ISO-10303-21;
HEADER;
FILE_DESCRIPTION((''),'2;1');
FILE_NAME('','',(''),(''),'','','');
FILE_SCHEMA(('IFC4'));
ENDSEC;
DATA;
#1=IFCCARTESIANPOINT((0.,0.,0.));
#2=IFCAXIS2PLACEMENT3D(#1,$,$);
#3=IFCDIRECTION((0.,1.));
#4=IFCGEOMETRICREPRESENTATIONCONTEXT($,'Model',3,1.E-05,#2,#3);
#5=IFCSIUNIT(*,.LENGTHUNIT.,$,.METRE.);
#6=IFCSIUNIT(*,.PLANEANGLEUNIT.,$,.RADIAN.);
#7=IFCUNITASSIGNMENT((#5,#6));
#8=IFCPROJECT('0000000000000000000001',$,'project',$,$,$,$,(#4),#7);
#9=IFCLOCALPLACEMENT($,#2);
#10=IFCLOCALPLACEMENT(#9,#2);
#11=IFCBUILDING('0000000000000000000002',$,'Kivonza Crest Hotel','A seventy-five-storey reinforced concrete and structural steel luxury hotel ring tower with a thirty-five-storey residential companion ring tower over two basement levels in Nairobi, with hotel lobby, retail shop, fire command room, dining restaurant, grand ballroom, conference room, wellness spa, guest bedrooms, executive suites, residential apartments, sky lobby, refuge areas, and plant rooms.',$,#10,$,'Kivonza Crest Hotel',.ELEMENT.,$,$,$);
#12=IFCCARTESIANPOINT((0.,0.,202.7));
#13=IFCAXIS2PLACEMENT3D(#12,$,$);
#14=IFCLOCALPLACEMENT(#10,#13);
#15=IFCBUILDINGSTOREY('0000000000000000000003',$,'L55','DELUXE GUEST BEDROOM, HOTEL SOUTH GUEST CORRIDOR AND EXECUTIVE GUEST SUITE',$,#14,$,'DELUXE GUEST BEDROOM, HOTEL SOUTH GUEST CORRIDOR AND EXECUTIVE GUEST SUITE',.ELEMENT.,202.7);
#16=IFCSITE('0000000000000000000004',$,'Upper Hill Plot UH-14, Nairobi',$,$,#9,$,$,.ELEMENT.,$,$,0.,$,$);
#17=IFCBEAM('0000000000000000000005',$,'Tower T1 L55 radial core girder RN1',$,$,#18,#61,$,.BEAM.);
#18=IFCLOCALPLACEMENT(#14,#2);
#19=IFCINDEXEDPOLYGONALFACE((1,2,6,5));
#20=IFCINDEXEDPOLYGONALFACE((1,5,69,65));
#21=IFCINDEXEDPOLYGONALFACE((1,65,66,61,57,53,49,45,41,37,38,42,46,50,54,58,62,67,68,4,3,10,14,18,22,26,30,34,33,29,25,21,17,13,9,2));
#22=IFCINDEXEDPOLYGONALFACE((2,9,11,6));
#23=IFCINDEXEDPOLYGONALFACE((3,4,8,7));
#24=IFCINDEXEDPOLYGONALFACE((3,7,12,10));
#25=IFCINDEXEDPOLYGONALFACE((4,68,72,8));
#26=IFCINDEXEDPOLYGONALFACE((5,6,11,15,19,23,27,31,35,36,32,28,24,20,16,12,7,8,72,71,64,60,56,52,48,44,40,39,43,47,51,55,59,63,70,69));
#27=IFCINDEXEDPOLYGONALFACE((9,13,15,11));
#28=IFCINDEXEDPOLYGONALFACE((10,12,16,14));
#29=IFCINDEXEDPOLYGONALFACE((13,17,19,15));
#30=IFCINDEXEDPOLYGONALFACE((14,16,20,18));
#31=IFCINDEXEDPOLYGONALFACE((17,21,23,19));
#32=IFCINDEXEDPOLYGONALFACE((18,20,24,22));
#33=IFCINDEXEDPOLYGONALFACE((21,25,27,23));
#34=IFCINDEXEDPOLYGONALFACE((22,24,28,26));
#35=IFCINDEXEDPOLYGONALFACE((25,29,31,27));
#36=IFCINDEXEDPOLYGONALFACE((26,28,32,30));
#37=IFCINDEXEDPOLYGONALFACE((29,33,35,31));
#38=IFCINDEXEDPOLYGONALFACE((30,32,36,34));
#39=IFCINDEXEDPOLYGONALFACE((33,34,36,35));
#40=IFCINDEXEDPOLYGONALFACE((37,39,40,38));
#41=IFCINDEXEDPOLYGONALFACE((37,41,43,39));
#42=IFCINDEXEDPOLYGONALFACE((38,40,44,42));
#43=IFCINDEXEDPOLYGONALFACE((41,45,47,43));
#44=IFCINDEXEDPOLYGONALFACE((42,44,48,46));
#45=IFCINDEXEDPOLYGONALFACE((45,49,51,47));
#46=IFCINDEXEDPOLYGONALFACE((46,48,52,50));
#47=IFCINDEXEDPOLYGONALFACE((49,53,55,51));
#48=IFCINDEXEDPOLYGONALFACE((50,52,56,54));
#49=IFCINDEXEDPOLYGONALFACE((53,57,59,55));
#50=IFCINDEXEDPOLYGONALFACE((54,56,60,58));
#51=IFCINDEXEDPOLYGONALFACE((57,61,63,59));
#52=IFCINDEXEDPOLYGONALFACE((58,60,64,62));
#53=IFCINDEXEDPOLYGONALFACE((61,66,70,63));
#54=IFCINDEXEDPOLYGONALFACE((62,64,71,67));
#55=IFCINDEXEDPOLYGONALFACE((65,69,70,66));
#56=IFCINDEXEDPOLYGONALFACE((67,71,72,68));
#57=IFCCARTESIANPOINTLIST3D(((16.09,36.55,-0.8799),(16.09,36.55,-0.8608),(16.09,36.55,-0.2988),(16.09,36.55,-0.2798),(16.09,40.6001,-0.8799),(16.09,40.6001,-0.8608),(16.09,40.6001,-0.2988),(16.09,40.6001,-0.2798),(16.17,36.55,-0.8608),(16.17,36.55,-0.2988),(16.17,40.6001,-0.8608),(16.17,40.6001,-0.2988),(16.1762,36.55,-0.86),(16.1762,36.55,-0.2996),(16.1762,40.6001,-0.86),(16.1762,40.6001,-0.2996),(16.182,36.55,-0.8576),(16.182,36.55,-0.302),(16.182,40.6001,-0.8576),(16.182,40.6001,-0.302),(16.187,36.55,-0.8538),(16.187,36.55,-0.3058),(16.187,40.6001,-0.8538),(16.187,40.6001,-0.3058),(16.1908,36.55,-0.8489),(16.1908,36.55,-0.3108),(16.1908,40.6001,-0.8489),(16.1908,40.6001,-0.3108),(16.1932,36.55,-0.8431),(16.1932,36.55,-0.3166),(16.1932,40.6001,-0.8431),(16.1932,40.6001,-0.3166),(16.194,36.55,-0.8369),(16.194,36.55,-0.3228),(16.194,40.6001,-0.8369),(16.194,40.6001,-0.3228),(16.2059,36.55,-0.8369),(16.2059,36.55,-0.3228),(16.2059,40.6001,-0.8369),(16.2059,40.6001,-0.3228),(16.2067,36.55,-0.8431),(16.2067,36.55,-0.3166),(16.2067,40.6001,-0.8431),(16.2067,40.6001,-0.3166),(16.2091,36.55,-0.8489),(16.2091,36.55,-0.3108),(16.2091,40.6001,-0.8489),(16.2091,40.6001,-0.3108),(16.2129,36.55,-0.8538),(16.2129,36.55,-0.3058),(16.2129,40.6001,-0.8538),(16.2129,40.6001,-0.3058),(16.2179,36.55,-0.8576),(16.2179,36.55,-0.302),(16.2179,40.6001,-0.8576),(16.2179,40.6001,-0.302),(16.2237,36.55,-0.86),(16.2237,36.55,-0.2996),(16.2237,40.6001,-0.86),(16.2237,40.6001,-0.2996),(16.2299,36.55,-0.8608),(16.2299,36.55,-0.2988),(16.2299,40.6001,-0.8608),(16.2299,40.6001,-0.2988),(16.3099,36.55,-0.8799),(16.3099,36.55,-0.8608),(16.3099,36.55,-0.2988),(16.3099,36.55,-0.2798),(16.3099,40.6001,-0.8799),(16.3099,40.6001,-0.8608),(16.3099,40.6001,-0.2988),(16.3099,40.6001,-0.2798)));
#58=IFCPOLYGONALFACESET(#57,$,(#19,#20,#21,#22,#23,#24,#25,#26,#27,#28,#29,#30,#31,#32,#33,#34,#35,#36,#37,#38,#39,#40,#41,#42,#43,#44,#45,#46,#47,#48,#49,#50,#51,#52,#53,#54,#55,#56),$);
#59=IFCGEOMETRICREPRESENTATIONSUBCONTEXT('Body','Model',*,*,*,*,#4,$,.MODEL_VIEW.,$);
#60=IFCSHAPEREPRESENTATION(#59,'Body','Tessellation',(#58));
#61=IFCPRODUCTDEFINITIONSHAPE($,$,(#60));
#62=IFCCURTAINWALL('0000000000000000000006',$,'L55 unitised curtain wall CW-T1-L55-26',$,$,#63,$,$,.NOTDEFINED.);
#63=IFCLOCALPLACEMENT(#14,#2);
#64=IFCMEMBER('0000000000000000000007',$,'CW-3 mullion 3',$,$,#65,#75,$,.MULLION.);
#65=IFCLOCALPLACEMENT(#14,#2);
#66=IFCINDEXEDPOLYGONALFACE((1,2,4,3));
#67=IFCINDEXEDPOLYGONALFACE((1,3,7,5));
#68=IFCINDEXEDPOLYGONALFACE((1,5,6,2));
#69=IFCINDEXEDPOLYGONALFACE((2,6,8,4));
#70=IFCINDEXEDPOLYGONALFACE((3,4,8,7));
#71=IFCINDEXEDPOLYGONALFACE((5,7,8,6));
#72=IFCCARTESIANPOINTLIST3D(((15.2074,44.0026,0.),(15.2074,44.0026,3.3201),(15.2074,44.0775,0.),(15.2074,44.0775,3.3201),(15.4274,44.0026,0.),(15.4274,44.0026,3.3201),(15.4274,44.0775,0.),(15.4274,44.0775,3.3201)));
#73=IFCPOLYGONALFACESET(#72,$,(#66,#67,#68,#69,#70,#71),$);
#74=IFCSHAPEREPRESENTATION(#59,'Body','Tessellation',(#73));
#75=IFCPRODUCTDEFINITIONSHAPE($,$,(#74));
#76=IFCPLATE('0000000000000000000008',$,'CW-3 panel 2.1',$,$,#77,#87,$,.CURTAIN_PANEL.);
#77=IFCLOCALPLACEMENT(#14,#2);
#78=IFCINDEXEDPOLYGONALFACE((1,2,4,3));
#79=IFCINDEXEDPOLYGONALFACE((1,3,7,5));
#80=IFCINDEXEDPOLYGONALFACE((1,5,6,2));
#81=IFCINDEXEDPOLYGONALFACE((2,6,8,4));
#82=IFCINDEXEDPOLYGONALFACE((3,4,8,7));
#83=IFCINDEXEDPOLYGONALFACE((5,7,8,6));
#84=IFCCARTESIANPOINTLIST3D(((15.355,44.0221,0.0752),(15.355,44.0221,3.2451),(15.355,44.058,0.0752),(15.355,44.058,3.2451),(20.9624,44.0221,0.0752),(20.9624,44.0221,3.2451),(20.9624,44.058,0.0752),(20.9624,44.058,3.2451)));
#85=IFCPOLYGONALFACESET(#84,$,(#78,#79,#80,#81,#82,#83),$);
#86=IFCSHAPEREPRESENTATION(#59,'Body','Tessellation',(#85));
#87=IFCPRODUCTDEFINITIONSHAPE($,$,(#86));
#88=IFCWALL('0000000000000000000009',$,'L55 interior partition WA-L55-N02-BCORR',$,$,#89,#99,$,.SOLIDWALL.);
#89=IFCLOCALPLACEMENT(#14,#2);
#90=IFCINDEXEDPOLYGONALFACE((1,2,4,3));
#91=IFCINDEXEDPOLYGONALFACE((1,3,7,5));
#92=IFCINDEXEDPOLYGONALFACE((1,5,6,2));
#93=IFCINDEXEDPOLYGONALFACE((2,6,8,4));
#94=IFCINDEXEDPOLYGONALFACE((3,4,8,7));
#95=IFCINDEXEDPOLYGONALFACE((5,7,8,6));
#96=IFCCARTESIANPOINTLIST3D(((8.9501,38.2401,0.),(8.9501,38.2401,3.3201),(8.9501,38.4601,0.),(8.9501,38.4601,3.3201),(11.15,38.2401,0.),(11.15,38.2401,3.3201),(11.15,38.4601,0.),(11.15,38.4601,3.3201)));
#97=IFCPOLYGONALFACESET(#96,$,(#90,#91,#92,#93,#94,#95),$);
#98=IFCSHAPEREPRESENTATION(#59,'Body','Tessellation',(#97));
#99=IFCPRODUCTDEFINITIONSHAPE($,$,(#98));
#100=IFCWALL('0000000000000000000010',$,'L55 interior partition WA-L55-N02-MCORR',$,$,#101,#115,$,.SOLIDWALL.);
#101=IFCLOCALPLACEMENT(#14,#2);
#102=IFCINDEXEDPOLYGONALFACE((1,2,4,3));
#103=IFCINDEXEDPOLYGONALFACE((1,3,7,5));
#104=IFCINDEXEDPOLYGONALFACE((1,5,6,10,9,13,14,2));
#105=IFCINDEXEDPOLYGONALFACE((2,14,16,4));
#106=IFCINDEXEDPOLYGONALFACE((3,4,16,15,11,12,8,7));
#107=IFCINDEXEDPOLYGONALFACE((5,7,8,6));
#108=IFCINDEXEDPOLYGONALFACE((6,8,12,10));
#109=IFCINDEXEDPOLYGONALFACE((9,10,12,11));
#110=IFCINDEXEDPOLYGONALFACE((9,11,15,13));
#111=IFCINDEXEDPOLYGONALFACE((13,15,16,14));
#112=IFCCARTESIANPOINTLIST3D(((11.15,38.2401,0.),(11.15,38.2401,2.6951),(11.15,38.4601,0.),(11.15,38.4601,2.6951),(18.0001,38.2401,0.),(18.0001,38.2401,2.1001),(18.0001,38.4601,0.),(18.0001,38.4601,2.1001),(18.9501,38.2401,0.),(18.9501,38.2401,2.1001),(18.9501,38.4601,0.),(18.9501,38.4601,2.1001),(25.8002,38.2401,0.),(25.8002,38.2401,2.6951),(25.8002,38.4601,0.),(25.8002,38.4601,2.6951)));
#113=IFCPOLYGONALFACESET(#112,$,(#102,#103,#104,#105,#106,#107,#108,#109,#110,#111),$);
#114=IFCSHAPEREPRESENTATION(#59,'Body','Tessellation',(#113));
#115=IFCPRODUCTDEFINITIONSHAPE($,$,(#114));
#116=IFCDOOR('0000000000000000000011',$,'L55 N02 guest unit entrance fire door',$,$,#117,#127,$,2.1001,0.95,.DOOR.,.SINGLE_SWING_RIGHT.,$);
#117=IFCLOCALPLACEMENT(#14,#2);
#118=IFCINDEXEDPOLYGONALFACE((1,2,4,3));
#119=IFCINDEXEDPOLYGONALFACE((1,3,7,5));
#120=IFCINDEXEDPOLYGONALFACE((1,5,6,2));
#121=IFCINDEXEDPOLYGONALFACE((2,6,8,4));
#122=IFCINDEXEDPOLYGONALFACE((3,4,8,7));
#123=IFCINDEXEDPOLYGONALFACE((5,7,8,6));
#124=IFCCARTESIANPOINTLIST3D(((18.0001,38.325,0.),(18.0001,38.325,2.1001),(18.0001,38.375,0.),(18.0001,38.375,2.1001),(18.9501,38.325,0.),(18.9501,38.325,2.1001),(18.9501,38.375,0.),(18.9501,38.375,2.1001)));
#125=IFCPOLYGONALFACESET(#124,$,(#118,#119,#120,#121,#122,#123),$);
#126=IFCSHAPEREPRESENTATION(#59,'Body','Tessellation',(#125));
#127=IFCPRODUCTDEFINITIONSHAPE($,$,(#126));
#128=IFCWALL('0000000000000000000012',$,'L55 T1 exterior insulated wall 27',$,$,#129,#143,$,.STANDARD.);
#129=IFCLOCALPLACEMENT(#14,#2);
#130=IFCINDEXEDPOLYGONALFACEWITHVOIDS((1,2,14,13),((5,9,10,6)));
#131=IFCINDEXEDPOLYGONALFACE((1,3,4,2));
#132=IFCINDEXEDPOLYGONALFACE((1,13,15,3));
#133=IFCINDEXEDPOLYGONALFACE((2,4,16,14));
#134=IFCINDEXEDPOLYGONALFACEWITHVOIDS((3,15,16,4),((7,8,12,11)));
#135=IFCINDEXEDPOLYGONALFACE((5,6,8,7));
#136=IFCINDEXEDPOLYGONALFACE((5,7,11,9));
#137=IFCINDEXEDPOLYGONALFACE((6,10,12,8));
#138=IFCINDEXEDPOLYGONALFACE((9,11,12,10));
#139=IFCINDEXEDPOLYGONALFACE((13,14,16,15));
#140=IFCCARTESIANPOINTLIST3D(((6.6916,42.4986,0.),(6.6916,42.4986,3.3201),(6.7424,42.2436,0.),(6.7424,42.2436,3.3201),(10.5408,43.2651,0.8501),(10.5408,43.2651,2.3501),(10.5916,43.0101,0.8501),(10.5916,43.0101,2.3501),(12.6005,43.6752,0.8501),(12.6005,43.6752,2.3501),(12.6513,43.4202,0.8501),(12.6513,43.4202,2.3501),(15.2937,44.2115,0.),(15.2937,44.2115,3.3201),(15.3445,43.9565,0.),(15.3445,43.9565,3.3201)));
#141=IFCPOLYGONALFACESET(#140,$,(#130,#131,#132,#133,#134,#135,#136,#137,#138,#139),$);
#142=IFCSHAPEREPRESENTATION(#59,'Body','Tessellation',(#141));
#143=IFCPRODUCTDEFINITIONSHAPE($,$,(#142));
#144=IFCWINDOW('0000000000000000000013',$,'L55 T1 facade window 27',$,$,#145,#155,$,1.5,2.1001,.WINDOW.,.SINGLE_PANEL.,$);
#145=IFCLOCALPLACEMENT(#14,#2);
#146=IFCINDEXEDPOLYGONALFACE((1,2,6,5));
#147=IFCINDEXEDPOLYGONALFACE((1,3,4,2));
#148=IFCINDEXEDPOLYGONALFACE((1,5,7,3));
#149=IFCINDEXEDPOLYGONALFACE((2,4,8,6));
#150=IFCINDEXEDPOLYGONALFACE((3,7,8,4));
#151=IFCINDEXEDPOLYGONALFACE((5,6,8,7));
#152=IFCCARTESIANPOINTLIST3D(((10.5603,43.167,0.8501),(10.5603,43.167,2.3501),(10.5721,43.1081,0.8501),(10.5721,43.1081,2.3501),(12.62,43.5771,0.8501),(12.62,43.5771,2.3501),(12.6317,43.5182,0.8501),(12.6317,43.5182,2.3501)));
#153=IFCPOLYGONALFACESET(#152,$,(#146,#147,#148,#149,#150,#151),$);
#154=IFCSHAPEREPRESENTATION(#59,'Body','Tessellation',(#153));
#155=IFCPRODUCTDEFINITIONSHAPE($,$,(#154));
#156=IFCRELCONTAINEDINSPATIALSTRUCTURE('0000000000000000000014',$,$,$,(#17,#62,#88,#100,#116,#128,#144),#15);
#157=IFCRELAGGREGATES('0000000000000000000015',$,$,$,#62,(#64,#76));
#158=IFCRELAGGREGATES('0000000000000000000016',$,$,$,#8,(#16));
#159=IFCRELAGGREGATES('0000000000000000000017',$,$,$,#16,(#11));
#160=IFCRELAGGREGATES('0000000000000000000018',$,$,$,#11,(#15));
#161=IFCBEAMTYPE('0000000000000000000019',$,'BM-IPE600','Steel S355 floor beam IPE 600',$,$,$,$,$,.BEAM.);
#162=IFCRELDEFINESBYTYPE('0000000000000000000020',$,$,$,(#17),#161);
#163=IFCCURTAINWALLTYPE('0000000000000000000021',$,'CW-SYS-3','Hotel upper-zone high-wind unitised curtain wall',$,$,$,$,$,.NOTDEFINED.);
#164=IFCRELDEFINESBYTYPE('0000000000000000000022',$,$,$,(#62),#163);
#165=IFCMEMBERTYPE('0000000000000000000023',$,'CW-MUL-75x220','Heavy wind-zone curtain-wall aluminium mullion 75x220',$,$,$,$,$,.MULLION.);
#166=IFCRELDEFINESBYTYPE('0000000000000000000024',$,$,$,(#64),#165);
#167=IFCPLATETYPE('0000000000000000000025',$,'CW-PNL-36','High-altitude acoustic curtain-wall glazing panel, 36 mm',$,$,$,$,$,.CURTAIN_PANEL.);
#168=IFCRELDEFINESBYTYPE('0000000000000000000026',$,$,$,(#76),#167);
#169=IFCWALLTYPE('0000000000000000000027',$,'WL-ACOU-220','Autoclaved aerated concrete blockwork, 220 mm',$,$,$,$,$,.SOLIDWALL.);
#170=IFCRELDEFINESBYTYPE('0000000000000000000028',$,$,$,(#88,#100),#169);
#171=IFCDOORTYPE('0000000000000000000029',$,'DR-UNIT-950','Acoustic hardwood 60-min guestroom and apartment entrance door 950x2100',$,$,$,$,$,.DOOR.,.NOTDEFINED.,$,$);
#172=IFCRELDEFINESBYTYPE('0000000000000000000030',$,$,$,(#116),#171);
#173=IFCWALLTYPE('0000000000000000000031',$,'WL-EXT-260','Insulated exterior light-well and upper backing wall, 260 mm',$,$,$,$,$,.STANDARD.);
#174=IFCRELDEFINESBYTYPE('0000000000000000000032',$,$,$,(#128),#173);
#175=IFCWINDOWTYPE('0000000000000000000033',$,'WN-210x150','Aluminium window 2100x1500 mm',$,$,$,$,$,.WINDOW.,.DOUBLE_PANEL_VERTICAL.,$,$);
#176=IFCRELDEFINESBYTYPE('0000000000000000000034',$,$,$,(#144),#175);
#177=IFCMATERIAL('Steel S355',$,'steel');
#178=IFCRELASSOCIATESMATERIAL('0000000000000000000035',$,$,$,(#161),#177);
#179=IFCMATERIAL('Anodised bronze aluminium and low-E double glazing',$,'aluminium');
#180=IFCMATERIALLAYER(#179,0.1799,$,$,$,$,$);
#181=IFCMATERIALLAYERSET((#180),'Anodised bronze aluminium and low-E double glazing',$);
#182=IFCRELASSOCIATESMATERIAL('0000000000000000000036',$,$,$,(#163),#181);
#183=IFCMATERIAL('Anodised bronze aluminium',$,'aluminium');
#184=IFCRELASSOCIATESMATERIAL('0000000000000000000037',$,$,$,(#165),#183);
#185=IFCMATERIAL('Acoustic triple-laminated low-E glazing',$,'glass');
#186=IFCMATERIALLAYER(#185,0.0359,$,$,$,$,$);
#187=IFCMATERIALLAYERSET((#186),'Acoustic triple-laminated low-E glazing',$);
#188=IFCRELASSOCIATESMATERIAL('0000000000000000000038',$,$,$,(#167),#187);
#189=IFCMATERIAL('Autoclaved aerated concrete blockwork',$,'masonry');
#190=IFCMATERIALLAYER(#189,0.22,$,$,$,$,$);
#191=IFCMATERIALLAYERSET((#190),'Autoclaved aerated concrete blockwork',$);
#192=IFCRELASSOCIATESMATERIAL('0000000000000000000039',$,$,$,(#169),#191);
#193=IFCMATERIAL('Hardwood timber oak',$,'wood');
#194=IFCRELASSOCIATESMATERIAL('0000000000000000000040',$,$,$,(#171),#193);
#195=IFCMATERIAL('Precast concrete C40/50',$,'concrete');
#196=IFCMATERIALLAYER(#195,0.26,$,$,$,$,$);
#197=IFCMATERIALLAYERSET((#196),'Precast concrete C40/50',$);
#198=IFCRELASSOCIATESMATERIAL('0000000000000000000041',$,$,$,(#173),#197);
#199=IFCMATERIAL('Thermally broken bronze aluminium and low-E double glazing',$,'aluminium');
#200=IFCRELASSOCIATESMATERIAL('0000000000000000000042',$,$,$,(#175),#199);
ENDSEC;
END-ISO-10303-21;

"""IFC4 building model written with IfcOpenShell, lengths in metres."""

from ifc_helpers import new_model, si_unit, direction, frame, frame_2d, origin, origin_2d, place, context, subcontext, project, spatial, rectangle, i_section, extrude, material, layer, layer_set, material_profile, profile_set, type_object, element, fill, aggregate, save


model = new_model("IFC4")

# Units and contexts
model_context = context("Model", 3, precision=1e-05, world=origin(), true_north=direction((0.0, 1.0)))
body_context = subcontext(model_context, "Body", "Model", "MODEL_VIEW")
ifc_project = project(units=[si_unit("LENGTHUNIT", "METRE"), si_unit("PLANEANGLEUNIT", "RADIAN")], contexts=[model_context])

# Site, building, storey
site_placement = place(None, origin())
site = spatial("IfcSite", under=ifc_project, at=site_placement, Name="Upper Hill Plot UH-14, Nairobi", CompositionType="ELEMENT", RefElevation=0.0)
building_placement = place(site_placement, origin())
building = spatial("IfcBuilding", under=site, at=building_placement, Name="Kivonza Crest Hotel", Description="A seventy-five-storey reinforced concrete and structural steel luxury hotel ring tower with a thirty-five-storey residential companion ring tower over two basement levels in Nairobi, with hotel lobby, retail shop, fire command room, dining restaurant, grand ballroom, conference room, wellness spa, guest bedrooms, executive suites, residential apartments, sky lobby, refuge areas, and plant rooms.", LongName="Kivonza Crest Hotel", CompositionType="ELEMENT")
storey_placement = place(building_placement, frame((0.0, 0.0, 202.7)))
storey = spatial("IfcBuildingStorey", under=building, at=storey_placement, Name="L55", Description="DELUXE GUEST BEDROOM, HOTEL SOUTH GUEST CORRIDOR AND EXECUTIVE GUEST SUITE", LongName="DELUXE GUEST BEDROOM, HOTEL SOUTH GUEST CORRIDOR AND EXECUTIVE GUEST SUITE", CompositionType="ELEMENT", Elevation=202.7)

# Beam
ifc_material_1 = material(Name="Steel S355", Category="steel")
ifc_material_profile_1 = material_profile(ifc_material_1, i_section(OverallWidth=0.22, OverallDepth=0.6001, WebThickness=0.012, FlangeThickness=0.019, FilletRadius=0.0239, at=origin_2d()), Name="IPE 600")
ifc_profile_set_1 = profile_set([ifc_material_profile_1], Name="Steel S355")
beam_type_1 = type_object("IfcBeamType", Name="BM-IPE600", Description="Steel S355 floor beam IPE 600", PredefinedType="BEAM", material=ifc_profile_set_1)
beam_1_placement = place(storey_placement, frame((16.2, 40.6001, -0.5798), z_axis=(0.0, -1.0, 0.0), x_axis=(1.0, 0.0, 0.0)))
element("IfcBeam", 1, at=beam_1_placement, inside=storey, type_object=beam_type_1, Name="Tower T1 L55 radial core girder RN1", PredefinedType="BEAM", context=body_context, shape_type="SweptSolid", body=[
    extrude(i_section(OverallWidth=0.22, OverallDepth=0.6001, WebThickness=0.012, FlangeThickness=0.019, FilletRadius=0.0239, at=origin_2d()), origin(), (0.0, 0.0, 1.0), 4.05),
])

# Curtain wall, member, plate
ifc_material_2 = material(Name="Anodised bronze aluminium and low-E double glazing", Category="aluminium")
ifc_layer_1 = layer(ifc_material_2, 0.1799)
ifc_layer_set_1 = layer_set([ifc_layer_1], Name="Anodised bronze aluminium and low-E double glazing")
curtain_wall_type = type_object("IfcCurtainWallType", Name="CW-SYS-3", Description="Hotel upper-zone high-wind unitised curtain wall", PredefinedType="NOTDEFINED", material=ifc_layer_set_1)
curtain_wall_placement = place(storey_placement, origin())
curtain_wall = element("IfcCurtainWall", 2, at=curtain_wall_placement, inside=storey, type_object=curtain_wall_type, Name="L55 unitised curtain wall CW-T1-L55-26", PredefinedType="NOTDEFINED")
ifc_material_3 = material(Name="Anodised bronze aluminium", Category="aluminium")
ifc_material_profile_2 = material_profile(ifc_material_3, rectangle(XDim=0.075, YDim=0.22, at=origin_2d()), Name="CW-M 75x220")
ifc_profile_set_2 = profile_set([ifc_material_profile_2], Name="Anodised bronze aluminium")
member_type = type_object("IfcMemberType", Name="CW-MUL-75x220", Description="Heavy wind-zone curtain-wall aluminium mullion 75x220", PredefinedType="MULLION", material=ifc_profile_set_2)
member_placement = place(storey_placement, frame((15.3174, 44.04, 0.0), z_axis=(0.0, 0.0, 1.0), x_axis=(0.0, -1.0, 0.0)))
member = element("IfcMember", 3, at=member_placement, type_object=member_type, Name="CW-3 mullion 3", PredefinedType="MULLION", context=body_context, shape_type="SweptSolid", body=[
    extrude(rectangle(XDim=0.075, YDim=0.22, at=origin_2d()), origin(), (0.0, 0.0, 1.0), 3.3201),
])
ifc_material_4 = material(Name="Acoustic triple-laminated low-E glazing", Category="glass")
ifc_layer_2 = layer(ifc_material_4, 0.0359)
ifc_layer_set_2 = layer_set([ifc_layer_2], Name="Acoustic triple-laminated low-E glazing")
plate_type = type_object("IfcPlateType", Name="CW-PNL-36", Description="High-altitude acoustic curtain-wall glazing panel, 36 mm", PredefinedType="CURTAIN_PANEL", material=ifc_layer_set_2)
plate_placement = place(storey_placement, frame((18.1587, 44.04, 0.0752), z_axis=(0.0, 0.0, 1.0), x_axis=(-1.0, 0.0, 0.0)))
plate = element("IfcPlate", 4, at=plate_placement, type_object=plate_type, Name="CW-3 panel 2.1", PredefinedType="CURTAIN_PANEL", context=body_context, shape_type="SweptSolid", body=[
    extrude(rectangle(XDim=5.6074, YDim=0.0359, at=origin_2d()), origin(), (0.0, 0.0, 1.0), 3.1699),
])
aggregate(curtain_wall, [member, plate])

# Wall
ifc_material_5 = material(Name="Autoclaved aerated concrete blockwork", Category="masonry")
ifc_layer_3 = layer(ifc_material_5, 0.22)
ifc_layer_set_3 = layer_set([ifc_layer_3], Name="Autoclaved aerated concrete blockwork")
wall_type_1 = type_object("IfcWallType", Name="WL-ACOU-220", Description="Autoclaved aerated concrete blockwork, 220 mm", PredefinedType="SOLIDWALL", material=ifc_layer_set_3)
wall_1_placement = place(storey_placement, frame((8.95, 38.3501, 0.0), z_axis=(0.0, 0.0, 1.0), x_axis=(1.0, 0.0, 0.0)))
element("IfcWall", 5, at=wall_1_placement, inside=storey, type_object=wall_type_1, Name="L55 interior partition WA-L55-N02-BCORR", PredefinedType="SOLIDWALL", context=body_context, shape_type="SweptSolid", body=[
    extrude(rectangle(XDim=2.2, YDim=0.22, at=frame_2d((1.1001, 0.0))), origin(), (0.0, 0.0, 1.0), 3.3201),
])

# Wall, opening, door
wall_2_placement = place(storey_placement, frame((11.1499, 38.3501, 0.0), z_axis=(0.0, 0.0, 1.0), x_axis=(1.0, 0.0, 0.0)))
wall_2 = element("IfcWall", 6, at=wall_2_placement, inside=storey, type_object=wall_type_1, Name="L55 interior partition WA-L55-N02-MCORR", PredefinedType="SOLIDWALL", context=body_context, shape_type="SweptSolid", body=[
    extrude(rectangle(XDim=14.6501, YDim=0.22, at=frame_2d((7.3252, 0.0))), origin(), (0.0, 0.0, 1.0), 2.6951),
])
opening_1_placement = place(wall_2_placement, frame((6.8501, 0.0, 0.0)))
opening_1 = element("IfcOpeningElement", 7, at=opening_1_placement, cuts=wall_2, PredefinedType="OPENING", context=body_context, shape_type="SweptSolid", body=[
    extrude(rectangle(XDim=0.95, YDim=2.1001, at=frame_2d((0.4751, 1.05))), frame((0.0, 0.1201, 0.0), z_axis=(0.0, -1.0, 0.0), x_axis=(1.0, 0.0, 0.0)), (0.0, 0.0, 1.0), 0.24),
])
ifc_material_6 = material(Name="Hardwood timber oak", Category="wood")
door_type_1 = type_object("IfcDoorType", Name="DR-UNIT-950", Description="Acoustic hardwood 60-min guestroom and apartment entrance door 950x2100", OperationType="NOTDEFINED", PredefinedType="DOOR", material=ifc_material_6)
door_1_placement = place(opening_1_placement, origin())
door_1 = element("IfcDoor", 8, at=door_1_placement, inside=storey, type_object=door_type_1, Name="L55 N02 guest unit entrance fire door", OperationType="SINGLE_SWING_RIGHT", OverallHeight=2.1001, OverallWidth=0.95, PredefinedType="DOOR", context=body_context, shape_type="SweptSolid", body=[
    extrude(rectangle(XDim=0.95, YDim=2.1001, at=frame_2d((0.4751, 1.05))), frame((0.0, 0.0249, 0.0), z_axis=(0.0, -1.0, 0.0), x_axis=(1.0, 0.0, 0.0)), (0.0, 0.0, 1.0), 0.05),
])
fill(opening_1, door_1)

# Wall, opening, window
ifc_material_7 = material(Name="Precast concrete C40/50", Category="concrete")
ifc_layer_4 = layer(ifc_material_7, 0.26)
ifc_layer_set_4 = layer_set([ifc_layer_4], Name="Precast concrete C40/50")
wall_type_2 = type_object("IfcWallType", Name="WL-EXT-260", Description="Insulated exterior light-well and upper backing wall, 260 mm", PredefinedType="STANDARD", material=ifc_layer_set_4)
wall_3_placement = place(storey_placement, frame((15.3191, 44.084, 0.0), z_axis=(0.0, 0.0, 1.0), x_axis=(-0.980745, -0.195292, 0.0)))
wall_3 = element("IfcWall", 9, at=wall_3_placement, inside=storey, type_object=wall_type_2, Name="L55 T1 exterior insulated wall 27", PredefinedType="STANDARD", context=body_context, shape_type="SweptSolid", body=[
    extrude(rectangle(XDim=8.771, YDim=0.26, at=frame_2d((4.3855, 0.0))), origin(), (0.0, 0.0, 1.0), 3.3201),
])
opening_2_placement = place(wall_3_placement, frame((2.7461, 0.0, 0.8501)))
opening_2 = element("IfcOpeningElement", 10, at=opening_2_placement, cuts=wall_3, PredefinedType="OPENING", context=body_context, shape_type="SweptSolid", body=[
    extrude(rectangle(XDim=2.1001, YDim=1.5, at=frame_2d((1.05, 0.75))), frame((0.0, 0.1401, 0.0), z_axis=(0.0, -1.0, 0.0), x_axis=(1.0, 0.0, 0.0)), (0.0, 0.0, 1.0), 0.28),
])
ifc_material_8 = material(Name="Thermally broken bronze aluminium and low-E double glazing", Category="aluminium")
window_type = type_object("IfcWindowType", Name="WN-210x150", Description="Aluminium window 2100x1500 mm", PartitioningType="DOUBLE_PANEL_VERTICAL", PredefinedType="WINDOW", material=ifc_material_8)
window_placement = place(opening_2_placement, origin())
window = element("IfcWindow", 11, at=window_placement, inside=storey, type_object=window_type, Name="L55 T1 facade window 27", OverallHeight=1.5, OverallWidth=2.1001, PartitioningType="SINGLE_PANEL", PredefinedType="WINDOW", context=body_context, shape_type="SweptSolid", body=[
    extrude(rectangle(XDim=2.1001, YDim=1.5, at=frame_2d((1.05, 0.75))), frame((0.0, 0.03, 0.0), z_axis=(0.0, -1.0, 0.0), x_axis=(1.0, 0.0, 0.0)), (0.0, 0.0, 1.0), 0.0601),
])
fill(opening_2, window)

save(model, "model.ifc")
